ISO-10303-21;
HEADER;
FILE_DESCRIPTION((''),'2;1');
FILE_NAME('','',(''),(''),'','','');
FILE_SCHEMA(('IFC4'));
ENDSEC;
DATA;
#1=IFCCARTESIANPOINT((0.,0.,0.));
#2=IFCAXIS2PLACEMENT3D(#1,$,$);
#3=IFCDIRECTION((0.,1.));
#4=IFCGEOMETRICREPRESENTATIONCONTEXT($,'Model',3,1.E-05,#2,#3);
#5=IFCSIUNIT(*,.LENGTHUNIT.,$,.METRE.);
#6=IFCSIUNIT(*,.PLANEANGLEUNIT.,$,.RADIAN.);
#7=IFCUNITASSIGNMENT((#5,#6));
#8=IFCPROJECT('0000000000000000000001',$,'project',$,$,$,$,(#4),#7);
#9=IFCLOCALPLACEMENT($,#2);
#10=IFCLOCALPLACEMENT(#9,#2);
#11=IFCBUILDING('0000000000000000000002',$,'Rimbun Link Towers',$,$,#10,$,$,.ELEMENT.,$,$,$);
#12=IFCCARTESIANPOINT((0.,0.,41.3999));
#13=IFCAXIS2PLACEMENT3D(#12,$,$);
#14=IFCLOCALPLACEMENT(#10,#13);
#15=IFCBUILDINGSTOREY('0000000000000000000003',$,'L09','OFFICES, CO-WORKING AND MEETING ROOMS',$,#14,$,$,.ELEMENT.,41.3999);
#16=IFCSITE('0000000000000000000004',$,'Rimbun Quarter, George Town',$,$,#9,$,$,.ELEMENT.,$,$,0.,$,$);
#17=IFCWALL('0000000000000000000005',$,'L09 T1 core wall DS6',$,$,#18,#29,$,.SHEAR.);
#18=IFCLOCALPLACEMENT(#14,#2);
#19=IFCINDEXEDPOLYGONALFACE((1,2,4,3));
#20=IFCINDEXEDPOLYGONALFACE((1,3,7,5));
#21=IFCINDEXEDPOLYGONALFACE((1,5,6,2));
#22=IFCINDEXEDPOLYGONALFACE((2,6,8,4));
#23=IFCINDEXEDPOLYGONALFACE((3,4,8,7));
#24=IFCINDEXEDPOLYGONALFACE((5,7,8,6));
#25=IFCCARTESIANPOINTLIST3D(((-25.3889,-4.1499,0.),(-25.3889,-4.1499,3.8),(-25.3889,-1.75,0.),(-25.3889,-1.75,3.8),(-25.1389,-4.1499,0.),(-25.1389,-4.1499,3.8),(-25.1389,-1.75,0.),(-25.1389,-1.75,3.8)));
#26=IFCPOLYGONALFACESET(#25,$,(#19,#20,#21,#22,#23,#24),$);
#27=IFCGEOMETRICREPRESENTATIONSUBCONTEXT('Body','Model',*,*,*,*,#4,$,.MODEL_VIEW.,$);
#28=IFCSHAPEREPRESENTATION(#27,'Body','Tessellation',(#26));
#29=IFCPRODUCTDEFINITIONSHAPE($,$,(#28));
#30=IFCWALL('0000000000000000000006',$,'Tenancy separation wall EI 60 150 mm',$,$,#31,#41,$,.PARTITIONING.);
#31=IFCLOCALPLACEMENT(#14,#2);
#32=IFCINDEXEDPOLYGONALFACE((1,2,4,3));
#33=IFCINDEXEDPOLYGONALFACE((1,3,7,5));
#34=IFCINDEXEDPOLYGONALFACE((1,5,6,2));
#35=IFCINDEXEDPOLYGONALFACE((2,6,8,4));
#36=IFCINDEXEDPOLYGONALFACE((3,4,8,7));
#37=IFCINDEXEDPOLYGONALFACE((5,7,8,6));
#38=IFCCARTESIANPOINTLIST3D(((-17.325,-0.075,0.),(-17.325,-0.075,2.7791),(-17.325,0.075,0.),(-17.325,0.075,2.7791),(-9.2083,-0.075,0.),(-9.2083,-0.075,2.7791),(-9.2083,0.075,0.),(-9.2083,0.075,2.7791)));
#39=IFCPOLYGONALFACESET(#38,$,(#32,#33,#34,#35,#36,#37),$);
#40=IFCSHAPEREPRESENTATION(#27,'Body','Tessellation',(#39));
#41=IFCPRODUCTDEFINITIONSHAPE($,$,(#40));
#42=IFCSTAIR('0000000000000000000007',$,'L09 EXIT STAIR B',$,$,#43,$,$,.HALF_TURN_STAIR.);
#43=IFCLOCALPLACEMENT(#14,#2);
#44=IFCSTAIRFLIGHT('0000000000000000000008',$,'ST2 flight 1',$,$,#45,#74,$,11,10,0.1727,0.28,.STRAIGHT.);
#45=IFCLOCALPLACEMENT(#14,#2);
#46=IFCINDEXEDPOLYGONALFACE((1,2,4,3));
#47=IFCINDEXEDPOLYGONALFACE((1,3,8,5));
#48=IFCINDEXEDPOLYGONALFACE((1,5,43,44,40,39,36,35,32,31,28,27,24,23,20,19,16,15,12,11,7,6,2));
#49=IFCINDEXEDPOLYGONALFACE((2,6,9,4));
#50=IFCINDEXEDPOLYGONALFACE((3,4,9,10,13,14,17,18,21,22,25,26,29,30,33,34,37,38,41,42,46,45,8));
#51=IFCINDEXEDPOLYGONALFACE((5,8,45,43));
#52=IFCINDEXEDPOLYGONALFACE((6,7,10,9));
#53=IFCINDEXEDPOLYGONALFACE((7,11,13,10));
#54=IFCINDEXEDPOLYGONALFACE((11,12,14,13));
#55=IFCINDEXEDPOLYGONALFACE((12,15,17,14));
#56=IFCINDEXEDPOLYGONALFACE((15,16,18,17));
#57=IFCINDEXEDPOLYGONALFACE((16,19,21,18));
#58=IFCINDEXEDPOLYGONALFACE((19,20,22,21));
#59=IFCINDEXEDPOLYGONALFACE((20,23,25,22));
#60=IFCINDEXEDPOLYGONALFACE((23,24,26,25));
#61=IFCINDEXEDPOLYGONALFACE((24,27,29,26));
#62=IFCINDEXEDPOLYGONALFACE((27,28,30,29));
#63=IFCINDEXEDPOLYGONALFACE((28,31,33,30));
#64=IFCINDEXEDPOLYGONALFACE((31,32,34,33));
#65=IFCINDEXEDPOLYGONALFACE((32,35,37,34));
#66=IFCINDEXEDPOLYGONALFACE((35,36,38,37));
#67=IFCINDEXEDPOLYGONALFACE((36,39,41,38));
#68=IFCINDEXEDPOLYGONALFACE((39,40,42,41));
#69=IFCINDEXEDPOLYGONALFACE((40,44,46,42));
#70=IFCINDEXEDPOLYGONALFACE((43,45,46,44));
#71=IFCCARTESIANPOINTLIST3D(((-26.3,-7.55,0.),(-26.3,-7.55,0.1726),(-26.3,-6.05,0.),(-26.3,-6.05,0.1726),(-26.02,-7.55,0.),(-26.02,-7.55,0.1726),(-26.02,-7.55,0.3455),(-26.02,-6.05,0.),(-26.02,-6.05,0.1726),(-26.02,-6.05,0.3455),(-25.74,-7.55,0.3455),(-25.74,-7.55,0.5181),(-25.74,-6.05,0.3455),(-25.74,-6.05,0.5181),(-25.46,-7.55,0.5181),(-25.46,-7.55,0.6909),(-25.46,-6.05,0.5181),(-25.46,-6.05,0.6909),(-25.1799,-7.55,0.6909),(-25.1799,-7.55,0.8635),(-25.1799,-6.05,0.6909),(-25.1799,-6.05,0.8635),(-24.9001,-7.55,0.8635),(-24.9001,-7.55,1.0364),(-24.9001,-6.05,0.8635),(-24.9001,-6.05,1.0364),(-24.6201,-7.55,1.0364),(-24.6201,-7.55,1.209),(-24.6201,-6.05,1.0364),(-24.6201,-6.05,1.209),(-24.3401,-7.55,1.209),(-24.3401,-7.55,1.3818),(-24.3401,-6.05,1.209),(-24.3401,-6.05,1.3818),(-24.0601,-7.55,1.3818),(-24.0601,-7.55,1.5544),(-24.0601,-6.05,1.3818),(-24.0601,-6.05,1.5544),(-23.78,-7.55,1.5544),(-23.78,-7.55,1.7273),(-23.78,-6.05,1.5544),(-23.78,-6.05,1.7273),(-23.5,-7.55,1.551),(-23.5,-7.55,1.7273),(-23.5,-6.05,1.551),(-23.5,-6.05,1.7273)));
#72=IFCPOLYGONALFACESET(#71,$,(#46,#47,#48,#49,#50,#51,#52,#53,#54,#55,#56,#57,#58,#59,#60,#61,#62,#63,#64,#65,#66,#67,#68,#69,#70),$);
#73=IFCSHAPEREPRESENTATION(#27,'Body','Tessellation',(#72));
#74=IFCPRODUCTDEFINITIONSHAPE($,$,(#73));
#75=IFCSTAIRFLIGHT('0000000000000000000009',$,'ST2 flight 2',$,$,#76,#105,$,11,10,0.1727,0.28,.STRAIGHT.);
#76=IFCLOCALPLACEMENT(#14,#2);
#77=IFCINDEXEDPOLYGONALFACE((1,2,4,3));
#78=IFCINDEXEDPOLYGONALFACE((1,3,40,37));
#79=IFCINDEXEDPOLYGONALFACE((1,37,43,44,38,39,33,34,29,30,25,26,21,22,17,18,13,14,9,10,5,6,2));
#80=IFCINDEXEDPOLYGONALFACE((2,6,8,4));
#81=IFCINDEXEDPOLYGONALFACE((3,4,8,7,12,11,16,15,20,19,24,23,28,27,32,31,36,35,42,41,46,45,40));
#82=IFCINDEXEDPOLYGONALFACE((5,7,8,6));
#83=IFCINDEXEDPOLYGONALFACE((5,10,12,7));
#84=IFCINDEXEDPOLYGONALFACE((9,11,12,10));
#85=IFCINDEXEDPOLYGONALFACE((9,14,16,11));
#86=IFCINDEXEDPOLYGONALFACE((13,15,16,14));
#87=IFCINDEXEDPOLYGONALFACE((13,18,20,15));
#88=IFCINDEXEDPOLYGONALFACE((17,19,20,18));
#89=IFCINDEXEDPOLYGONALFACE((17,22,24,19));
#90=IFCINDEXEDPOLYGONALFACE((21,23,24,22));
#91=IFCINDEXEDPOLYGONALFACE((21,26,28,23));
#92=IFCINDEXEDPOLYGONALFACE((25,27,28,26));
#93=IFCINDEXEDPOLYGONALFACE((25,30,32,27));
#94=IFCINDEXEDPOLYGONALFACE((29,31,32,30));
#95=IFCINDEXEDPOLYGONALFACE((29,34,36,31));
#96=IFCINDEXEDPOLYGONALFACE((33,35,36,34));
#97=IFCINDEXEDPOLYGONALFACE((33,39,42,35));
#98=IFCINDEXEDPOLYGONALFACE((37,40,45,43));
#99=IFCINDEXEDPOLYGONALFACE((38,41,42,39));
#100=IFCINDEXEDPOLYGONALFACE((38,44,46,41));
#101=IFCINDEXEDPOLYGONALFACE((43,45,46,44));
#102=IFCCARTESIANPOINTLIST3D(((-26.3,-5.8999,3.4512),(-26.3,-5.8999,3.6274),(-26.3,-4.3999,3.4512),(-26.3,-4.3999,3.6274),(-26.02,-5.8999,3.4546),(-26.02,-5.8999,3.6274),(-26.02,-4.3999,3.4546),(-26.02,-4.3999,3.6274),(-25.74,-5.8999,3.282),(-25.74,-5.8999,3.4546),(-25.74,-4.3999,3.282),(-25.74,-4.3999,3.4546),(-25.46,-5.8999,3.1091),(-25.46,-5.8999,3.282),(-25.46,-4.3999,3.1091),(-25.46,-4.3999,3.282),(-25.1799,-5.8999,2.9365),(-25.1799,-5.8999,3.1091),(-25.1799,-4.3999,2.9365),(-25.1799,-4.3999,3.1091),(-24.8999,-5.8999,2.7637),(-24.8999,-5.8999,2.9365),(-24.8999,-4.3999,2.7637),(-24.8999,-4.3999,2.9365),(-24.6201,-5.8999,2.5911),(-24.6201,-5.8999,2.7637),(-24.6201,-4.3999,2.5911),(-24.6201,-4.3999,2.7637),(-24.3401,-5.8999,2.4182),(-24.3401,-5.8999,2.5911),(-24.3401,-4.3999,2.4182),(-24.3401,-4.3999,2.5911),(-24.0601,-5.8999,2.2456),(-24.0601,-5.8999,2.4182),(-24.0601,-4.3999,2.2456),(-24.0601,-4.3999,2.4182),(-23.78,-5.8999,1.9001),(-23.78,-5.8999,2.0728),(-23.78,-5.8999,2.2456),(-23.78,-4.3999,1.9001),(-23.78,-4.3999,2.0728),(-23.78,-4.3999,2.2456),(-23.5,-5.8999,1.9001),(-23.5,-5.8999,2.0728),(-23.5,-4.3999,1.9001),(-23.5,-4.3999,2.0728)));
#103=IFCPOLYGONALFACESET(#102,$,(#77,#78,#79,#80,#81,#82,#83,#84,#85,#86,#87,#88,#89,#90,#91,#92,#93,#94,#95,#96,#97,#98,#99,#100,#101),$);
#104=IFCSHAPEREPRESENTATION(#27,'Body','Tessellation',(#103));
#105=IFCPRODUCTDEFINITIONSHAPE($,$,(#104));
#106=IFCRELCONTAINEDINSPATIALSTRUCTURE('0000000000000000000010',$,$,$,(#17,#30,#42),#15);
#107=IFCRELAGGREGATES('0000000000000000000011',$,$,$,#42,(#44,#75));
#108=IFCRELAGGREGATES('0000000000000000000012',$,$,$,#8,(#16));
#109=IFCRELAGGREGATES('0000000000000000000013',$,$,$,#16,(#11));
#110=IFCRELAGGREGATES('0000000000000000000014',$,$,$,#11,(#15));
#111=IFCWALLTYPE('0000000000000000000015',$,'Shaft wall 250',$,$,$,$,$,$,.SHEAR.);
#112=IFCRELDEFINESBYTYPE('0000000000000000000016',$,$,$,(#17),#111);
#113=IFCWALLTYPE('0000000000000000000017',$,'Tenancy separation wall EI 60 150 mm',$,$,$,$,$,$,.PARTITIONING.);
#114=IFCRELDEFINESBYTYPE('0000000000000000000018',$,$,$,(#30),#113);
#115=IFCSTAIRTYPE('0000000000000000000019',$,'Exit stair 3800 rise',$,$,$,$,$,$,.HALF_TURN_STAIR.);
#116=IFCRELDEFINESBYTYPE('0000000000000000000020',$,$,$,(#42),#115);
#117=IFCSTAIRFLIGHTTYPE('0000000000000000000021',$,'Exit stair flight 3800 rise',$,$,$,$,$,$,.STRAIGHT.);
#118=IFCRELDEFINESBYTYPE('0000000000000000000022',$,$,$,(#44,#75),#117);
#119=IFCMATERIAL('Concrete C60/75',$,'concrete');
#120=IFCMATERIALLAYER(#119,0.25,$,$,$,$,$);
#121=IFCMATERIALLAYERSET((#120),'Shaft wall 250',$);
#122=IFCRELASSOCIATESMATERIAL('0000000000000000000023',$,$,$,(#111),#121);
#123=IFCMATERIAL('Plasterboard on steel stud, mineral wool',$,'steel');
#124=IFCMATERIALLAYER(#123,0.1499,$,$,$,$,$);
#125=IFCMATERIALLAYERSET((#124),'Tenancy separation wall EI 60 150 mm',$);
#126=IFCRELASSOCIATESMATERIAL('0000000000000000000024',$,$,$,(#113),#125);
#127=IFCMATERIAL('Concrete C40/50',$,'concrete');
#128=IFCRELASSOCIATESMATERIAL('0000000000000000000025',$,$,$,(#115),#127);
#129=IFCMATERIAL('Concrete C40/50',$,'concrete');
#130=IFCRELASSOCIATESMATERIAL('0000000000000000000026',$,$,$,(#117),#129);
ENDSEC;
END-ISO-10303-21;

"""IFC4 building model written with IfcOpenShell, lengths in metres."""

from ifc_helpers import new_model, si_unit, direction, frame, frame_2d, origin, place, context, subcontext, project, spatial, polyline, rectangle, outline, extrude, material, layer, layer_set, type_object, element, aggregate, save


model = new_model("IFC4")

# Units and contexts
model_context = context("Model", 3, precision=1e-05, world=origin(), true_north=direction((0.0, 1.0)))
body_context = subcontext(model_context, "Body", "Model", "MODEL_VIEW")
ifc_project = project(units=[si_unit("LENGTHUNIT", "METRE"), si_unit("PLANEANGLEUNIT", "RADIAN")], contexts=[model_context])

# Site, building, storey
site_placement = place(None, origin())
site = spatial("IfcSite", under=ifc_project, at=site_placement, Name="Rimbun Quarter, George Town", CompositionType="ELEMENT", RefElevation=0.0)
building_placement = place(site_placement, origin())
building = spatial("IfcBuilding", under=site, at=building_placement, Name="Rimbun Link Towers", CompositionType="ELEMENT")
storey_placement = place(building_placement, frame((0.0, 0.0, 41.3999)))
storey = spatial("IfcBuildingStorey", under=building, at=storey_placement, Name="L09", Description="OFFICES, CO-WORKING AND MEETING ROOMS", CompositionType="ELEMENT", Elevation=41.3999)

# Walls
ifc_material_1 = material(Name="Concrete C60/75", Category="concrete")
ifc_layer_1 = layer(ifc_material_1, 0.25)
ifc_layer_set_1 = layer_set([ifc_layer_1], Name="Shaft wall 250")
wall_type_1 = type_object("IfcWallType", Name="Shaft wall 250", PredefinedType="SHEAR", material=ifc_layer_set_1)
for number, where, z_axis, x_axis, name in (
    (1, (-25.2639, -4.1499, 0.0), (0.0, 0.0, 1.0), (0.0, 1.0, 0.0), "L09 T1 core wall DS6"),
):
    element("IfcWall", number, at=place(storey_placement, frame(where, z_axis=z_axis, x_axis=x_axis)), inside=storey, type_object=wall_type_1, Name=name, PredefinedType="SHEAR", context=body_context, shape_type="SweptSolid", body=[
        extrude(rectangle(XDim=2.3999, YDim=0.25, at=frame_2d((1.2, 0.0))), origin(), (0.0, 0.0, 1.0), 3.8),
    ])
ifc_material_2 = material(Name="Plasterboard on steel stud, mineral wool", Category="steel")
ifc_layer_2 = layer(ifc_material_2, 0.1499)
ifc_layer_set_2 = layer_set([ifc_layer_2], Name="Tenancy separation wall EI 60 150 mm")
wall_type_2 = type_object("IfcWallType", Name="Tenancy separation wall EI 60 150 mm", PredefinedType="PARTITIONING", material=ifc_layer_set_2)
wall_1_placement = place(storey_placement, frame((-17.325, 0.0, 0.0), z_axis=(0.0, 0.0, 1.0), x_axis=(1.0, 0.0, 0.0)))
element("IfcWall", 2, at=wall_1_placement, inside=storey, type_object=wall_type_2, Name="Tenancy separation wall EI 60 150 mm", PredefinedType="PARTITIONING", context=body_context, shape_type="SweptSolid", body=[
    extrude(rectangle(XDim=8.1167, YDim=0.1499, at=frame_2d((4.0583, 0.0))), origin(), (0.0, 0.0, 1.0), 2.7791),
])

# Stair, stair flights
ifc_material_3 = material(Name="Concrete C40/50", Category="concrete")
stair_type = type_object("IfcStairType", Name="Exit stair 3800 rise", PredefinedType="HALF_TURN_STAIR", material=ifc_material_3)
stair_placement = place(storey_placement, origin())
stair = element("IfcStair", 3, at=stair_placement, inside=storey, type_object=stair_type, Name="L09 EXIT STAIR B", PredefinedType="HALF_TURN_STAIR")
ifc_material_4 = material(Name="Concrete C40/50", Category="concrete")
stair_flight_type = type_object("IfcStairFlightType", Name="Exit stair flight 3800 rise", PredefinedType="STRAIGHT", material=ifc_material_4)
stair_flight_1_placement = place(storey_placement, frame((-26.3, -6.8, 0.0), z_axis=(0.0, 0.0, 1.0), x_axis=(1.0, 0.0, 0.0)))
stair_flight_1 = element("IfcStairFlight", 4, at=stair_flight_1_placement, type_object=stair_flight_type, Name="ST2 flight 1", NumberOfRisers=11, NumberOfTreads=10, PredefinedType="STRAIGHT", RiserHeight=0.1727, TreadLength=0.28, context=body_context, shape_type="SweptSolid", body=[
    extrude(outline(polyline([(0.0, 0.0), (0.0, 0.1726), (0.28, 0.1726), (0.28, 0.3455), (0.5601, 0.3455), (0.5601, 0.5181), (0.8401, 0.5181), (0.8401, 0.6909), (1.1201, 0.6909), (1.1201, 0.8635), (1.3999, 0.8635), (1.3999, 1.0364), (1.6799, 1.0364), (1.6799, 1.209), (1.96, 1.209), (1.96, 1.3818), (2.24, 1.3818), (2.24, 1.5544), (2.52, 1.5544), (2.52, 1.7273), (2.8, 1.7273), (2.8, 1.8999), (2.8, 1.551), (0.28, 0.0), (0.0, 0.0)])), frame((0.0, 0.75, 0.0), z_axis=(0.0, -1.0, 0.0), x_axis=(1.0, 0.0, 0.0)), (0.0, 0.0, 1.0), 1.5),
])
stair_flight_2_placement = place(storey_placement, frame((-23.5, -5.1499, 1.9001), z_axis=(0.0, 0.0, 1.0), x_axis=(-1.0, 0.0, 0.0)))
stair_flight_2 = element("IfcStairFlight", 5, at=stair_flight_2_placement, type_object=stair_flight_type, Name="ST2 flight 2", NumberOfRisers=11, NumberOfTreads=10, PredefinedType="STRAIGHT", RiserHeight=0.1727, TreadLength=0.28, context=body_context, shape_type="SweptSolid", body=[
    extrude(outline(polyline([(0.0, 0.0), (0.0, 0.1726), (0.28, 0.1726), (0.28, 0.3455), (0.5601, 0.3455), (0.5601, 0.5181), (0.8401, 0.5181), (0.8401, 0.6909), (1.1201, 0.6909), (1.1201, 0.8635), (1.3999, 0.8635), (1.3999, 1.0364), (1.6799, 1.0364), (1.6799, 1.209), (1.96, 1.209), (1.96, 1.3818), (2.24, 1.3818), (2.24, 1.5544), (2.52, 1.5544), (2.52, 1.7273), (2.8, 1.7273), (2.8, 1.8999), (2.8, 1.551), (0.28, 0.0), (0.0, 0.0)])), frame((0.0, 0.75, 0.0), z_axis=(0.0, -1.0, 0.0), x_axis=(1.0, 0.0, 0.0)), (0.0, 0.0, 1.0), 1.5),
])
aggregate(stair, [stair_flight_1, stair_flight_2])

save(model, "model.ifc")
